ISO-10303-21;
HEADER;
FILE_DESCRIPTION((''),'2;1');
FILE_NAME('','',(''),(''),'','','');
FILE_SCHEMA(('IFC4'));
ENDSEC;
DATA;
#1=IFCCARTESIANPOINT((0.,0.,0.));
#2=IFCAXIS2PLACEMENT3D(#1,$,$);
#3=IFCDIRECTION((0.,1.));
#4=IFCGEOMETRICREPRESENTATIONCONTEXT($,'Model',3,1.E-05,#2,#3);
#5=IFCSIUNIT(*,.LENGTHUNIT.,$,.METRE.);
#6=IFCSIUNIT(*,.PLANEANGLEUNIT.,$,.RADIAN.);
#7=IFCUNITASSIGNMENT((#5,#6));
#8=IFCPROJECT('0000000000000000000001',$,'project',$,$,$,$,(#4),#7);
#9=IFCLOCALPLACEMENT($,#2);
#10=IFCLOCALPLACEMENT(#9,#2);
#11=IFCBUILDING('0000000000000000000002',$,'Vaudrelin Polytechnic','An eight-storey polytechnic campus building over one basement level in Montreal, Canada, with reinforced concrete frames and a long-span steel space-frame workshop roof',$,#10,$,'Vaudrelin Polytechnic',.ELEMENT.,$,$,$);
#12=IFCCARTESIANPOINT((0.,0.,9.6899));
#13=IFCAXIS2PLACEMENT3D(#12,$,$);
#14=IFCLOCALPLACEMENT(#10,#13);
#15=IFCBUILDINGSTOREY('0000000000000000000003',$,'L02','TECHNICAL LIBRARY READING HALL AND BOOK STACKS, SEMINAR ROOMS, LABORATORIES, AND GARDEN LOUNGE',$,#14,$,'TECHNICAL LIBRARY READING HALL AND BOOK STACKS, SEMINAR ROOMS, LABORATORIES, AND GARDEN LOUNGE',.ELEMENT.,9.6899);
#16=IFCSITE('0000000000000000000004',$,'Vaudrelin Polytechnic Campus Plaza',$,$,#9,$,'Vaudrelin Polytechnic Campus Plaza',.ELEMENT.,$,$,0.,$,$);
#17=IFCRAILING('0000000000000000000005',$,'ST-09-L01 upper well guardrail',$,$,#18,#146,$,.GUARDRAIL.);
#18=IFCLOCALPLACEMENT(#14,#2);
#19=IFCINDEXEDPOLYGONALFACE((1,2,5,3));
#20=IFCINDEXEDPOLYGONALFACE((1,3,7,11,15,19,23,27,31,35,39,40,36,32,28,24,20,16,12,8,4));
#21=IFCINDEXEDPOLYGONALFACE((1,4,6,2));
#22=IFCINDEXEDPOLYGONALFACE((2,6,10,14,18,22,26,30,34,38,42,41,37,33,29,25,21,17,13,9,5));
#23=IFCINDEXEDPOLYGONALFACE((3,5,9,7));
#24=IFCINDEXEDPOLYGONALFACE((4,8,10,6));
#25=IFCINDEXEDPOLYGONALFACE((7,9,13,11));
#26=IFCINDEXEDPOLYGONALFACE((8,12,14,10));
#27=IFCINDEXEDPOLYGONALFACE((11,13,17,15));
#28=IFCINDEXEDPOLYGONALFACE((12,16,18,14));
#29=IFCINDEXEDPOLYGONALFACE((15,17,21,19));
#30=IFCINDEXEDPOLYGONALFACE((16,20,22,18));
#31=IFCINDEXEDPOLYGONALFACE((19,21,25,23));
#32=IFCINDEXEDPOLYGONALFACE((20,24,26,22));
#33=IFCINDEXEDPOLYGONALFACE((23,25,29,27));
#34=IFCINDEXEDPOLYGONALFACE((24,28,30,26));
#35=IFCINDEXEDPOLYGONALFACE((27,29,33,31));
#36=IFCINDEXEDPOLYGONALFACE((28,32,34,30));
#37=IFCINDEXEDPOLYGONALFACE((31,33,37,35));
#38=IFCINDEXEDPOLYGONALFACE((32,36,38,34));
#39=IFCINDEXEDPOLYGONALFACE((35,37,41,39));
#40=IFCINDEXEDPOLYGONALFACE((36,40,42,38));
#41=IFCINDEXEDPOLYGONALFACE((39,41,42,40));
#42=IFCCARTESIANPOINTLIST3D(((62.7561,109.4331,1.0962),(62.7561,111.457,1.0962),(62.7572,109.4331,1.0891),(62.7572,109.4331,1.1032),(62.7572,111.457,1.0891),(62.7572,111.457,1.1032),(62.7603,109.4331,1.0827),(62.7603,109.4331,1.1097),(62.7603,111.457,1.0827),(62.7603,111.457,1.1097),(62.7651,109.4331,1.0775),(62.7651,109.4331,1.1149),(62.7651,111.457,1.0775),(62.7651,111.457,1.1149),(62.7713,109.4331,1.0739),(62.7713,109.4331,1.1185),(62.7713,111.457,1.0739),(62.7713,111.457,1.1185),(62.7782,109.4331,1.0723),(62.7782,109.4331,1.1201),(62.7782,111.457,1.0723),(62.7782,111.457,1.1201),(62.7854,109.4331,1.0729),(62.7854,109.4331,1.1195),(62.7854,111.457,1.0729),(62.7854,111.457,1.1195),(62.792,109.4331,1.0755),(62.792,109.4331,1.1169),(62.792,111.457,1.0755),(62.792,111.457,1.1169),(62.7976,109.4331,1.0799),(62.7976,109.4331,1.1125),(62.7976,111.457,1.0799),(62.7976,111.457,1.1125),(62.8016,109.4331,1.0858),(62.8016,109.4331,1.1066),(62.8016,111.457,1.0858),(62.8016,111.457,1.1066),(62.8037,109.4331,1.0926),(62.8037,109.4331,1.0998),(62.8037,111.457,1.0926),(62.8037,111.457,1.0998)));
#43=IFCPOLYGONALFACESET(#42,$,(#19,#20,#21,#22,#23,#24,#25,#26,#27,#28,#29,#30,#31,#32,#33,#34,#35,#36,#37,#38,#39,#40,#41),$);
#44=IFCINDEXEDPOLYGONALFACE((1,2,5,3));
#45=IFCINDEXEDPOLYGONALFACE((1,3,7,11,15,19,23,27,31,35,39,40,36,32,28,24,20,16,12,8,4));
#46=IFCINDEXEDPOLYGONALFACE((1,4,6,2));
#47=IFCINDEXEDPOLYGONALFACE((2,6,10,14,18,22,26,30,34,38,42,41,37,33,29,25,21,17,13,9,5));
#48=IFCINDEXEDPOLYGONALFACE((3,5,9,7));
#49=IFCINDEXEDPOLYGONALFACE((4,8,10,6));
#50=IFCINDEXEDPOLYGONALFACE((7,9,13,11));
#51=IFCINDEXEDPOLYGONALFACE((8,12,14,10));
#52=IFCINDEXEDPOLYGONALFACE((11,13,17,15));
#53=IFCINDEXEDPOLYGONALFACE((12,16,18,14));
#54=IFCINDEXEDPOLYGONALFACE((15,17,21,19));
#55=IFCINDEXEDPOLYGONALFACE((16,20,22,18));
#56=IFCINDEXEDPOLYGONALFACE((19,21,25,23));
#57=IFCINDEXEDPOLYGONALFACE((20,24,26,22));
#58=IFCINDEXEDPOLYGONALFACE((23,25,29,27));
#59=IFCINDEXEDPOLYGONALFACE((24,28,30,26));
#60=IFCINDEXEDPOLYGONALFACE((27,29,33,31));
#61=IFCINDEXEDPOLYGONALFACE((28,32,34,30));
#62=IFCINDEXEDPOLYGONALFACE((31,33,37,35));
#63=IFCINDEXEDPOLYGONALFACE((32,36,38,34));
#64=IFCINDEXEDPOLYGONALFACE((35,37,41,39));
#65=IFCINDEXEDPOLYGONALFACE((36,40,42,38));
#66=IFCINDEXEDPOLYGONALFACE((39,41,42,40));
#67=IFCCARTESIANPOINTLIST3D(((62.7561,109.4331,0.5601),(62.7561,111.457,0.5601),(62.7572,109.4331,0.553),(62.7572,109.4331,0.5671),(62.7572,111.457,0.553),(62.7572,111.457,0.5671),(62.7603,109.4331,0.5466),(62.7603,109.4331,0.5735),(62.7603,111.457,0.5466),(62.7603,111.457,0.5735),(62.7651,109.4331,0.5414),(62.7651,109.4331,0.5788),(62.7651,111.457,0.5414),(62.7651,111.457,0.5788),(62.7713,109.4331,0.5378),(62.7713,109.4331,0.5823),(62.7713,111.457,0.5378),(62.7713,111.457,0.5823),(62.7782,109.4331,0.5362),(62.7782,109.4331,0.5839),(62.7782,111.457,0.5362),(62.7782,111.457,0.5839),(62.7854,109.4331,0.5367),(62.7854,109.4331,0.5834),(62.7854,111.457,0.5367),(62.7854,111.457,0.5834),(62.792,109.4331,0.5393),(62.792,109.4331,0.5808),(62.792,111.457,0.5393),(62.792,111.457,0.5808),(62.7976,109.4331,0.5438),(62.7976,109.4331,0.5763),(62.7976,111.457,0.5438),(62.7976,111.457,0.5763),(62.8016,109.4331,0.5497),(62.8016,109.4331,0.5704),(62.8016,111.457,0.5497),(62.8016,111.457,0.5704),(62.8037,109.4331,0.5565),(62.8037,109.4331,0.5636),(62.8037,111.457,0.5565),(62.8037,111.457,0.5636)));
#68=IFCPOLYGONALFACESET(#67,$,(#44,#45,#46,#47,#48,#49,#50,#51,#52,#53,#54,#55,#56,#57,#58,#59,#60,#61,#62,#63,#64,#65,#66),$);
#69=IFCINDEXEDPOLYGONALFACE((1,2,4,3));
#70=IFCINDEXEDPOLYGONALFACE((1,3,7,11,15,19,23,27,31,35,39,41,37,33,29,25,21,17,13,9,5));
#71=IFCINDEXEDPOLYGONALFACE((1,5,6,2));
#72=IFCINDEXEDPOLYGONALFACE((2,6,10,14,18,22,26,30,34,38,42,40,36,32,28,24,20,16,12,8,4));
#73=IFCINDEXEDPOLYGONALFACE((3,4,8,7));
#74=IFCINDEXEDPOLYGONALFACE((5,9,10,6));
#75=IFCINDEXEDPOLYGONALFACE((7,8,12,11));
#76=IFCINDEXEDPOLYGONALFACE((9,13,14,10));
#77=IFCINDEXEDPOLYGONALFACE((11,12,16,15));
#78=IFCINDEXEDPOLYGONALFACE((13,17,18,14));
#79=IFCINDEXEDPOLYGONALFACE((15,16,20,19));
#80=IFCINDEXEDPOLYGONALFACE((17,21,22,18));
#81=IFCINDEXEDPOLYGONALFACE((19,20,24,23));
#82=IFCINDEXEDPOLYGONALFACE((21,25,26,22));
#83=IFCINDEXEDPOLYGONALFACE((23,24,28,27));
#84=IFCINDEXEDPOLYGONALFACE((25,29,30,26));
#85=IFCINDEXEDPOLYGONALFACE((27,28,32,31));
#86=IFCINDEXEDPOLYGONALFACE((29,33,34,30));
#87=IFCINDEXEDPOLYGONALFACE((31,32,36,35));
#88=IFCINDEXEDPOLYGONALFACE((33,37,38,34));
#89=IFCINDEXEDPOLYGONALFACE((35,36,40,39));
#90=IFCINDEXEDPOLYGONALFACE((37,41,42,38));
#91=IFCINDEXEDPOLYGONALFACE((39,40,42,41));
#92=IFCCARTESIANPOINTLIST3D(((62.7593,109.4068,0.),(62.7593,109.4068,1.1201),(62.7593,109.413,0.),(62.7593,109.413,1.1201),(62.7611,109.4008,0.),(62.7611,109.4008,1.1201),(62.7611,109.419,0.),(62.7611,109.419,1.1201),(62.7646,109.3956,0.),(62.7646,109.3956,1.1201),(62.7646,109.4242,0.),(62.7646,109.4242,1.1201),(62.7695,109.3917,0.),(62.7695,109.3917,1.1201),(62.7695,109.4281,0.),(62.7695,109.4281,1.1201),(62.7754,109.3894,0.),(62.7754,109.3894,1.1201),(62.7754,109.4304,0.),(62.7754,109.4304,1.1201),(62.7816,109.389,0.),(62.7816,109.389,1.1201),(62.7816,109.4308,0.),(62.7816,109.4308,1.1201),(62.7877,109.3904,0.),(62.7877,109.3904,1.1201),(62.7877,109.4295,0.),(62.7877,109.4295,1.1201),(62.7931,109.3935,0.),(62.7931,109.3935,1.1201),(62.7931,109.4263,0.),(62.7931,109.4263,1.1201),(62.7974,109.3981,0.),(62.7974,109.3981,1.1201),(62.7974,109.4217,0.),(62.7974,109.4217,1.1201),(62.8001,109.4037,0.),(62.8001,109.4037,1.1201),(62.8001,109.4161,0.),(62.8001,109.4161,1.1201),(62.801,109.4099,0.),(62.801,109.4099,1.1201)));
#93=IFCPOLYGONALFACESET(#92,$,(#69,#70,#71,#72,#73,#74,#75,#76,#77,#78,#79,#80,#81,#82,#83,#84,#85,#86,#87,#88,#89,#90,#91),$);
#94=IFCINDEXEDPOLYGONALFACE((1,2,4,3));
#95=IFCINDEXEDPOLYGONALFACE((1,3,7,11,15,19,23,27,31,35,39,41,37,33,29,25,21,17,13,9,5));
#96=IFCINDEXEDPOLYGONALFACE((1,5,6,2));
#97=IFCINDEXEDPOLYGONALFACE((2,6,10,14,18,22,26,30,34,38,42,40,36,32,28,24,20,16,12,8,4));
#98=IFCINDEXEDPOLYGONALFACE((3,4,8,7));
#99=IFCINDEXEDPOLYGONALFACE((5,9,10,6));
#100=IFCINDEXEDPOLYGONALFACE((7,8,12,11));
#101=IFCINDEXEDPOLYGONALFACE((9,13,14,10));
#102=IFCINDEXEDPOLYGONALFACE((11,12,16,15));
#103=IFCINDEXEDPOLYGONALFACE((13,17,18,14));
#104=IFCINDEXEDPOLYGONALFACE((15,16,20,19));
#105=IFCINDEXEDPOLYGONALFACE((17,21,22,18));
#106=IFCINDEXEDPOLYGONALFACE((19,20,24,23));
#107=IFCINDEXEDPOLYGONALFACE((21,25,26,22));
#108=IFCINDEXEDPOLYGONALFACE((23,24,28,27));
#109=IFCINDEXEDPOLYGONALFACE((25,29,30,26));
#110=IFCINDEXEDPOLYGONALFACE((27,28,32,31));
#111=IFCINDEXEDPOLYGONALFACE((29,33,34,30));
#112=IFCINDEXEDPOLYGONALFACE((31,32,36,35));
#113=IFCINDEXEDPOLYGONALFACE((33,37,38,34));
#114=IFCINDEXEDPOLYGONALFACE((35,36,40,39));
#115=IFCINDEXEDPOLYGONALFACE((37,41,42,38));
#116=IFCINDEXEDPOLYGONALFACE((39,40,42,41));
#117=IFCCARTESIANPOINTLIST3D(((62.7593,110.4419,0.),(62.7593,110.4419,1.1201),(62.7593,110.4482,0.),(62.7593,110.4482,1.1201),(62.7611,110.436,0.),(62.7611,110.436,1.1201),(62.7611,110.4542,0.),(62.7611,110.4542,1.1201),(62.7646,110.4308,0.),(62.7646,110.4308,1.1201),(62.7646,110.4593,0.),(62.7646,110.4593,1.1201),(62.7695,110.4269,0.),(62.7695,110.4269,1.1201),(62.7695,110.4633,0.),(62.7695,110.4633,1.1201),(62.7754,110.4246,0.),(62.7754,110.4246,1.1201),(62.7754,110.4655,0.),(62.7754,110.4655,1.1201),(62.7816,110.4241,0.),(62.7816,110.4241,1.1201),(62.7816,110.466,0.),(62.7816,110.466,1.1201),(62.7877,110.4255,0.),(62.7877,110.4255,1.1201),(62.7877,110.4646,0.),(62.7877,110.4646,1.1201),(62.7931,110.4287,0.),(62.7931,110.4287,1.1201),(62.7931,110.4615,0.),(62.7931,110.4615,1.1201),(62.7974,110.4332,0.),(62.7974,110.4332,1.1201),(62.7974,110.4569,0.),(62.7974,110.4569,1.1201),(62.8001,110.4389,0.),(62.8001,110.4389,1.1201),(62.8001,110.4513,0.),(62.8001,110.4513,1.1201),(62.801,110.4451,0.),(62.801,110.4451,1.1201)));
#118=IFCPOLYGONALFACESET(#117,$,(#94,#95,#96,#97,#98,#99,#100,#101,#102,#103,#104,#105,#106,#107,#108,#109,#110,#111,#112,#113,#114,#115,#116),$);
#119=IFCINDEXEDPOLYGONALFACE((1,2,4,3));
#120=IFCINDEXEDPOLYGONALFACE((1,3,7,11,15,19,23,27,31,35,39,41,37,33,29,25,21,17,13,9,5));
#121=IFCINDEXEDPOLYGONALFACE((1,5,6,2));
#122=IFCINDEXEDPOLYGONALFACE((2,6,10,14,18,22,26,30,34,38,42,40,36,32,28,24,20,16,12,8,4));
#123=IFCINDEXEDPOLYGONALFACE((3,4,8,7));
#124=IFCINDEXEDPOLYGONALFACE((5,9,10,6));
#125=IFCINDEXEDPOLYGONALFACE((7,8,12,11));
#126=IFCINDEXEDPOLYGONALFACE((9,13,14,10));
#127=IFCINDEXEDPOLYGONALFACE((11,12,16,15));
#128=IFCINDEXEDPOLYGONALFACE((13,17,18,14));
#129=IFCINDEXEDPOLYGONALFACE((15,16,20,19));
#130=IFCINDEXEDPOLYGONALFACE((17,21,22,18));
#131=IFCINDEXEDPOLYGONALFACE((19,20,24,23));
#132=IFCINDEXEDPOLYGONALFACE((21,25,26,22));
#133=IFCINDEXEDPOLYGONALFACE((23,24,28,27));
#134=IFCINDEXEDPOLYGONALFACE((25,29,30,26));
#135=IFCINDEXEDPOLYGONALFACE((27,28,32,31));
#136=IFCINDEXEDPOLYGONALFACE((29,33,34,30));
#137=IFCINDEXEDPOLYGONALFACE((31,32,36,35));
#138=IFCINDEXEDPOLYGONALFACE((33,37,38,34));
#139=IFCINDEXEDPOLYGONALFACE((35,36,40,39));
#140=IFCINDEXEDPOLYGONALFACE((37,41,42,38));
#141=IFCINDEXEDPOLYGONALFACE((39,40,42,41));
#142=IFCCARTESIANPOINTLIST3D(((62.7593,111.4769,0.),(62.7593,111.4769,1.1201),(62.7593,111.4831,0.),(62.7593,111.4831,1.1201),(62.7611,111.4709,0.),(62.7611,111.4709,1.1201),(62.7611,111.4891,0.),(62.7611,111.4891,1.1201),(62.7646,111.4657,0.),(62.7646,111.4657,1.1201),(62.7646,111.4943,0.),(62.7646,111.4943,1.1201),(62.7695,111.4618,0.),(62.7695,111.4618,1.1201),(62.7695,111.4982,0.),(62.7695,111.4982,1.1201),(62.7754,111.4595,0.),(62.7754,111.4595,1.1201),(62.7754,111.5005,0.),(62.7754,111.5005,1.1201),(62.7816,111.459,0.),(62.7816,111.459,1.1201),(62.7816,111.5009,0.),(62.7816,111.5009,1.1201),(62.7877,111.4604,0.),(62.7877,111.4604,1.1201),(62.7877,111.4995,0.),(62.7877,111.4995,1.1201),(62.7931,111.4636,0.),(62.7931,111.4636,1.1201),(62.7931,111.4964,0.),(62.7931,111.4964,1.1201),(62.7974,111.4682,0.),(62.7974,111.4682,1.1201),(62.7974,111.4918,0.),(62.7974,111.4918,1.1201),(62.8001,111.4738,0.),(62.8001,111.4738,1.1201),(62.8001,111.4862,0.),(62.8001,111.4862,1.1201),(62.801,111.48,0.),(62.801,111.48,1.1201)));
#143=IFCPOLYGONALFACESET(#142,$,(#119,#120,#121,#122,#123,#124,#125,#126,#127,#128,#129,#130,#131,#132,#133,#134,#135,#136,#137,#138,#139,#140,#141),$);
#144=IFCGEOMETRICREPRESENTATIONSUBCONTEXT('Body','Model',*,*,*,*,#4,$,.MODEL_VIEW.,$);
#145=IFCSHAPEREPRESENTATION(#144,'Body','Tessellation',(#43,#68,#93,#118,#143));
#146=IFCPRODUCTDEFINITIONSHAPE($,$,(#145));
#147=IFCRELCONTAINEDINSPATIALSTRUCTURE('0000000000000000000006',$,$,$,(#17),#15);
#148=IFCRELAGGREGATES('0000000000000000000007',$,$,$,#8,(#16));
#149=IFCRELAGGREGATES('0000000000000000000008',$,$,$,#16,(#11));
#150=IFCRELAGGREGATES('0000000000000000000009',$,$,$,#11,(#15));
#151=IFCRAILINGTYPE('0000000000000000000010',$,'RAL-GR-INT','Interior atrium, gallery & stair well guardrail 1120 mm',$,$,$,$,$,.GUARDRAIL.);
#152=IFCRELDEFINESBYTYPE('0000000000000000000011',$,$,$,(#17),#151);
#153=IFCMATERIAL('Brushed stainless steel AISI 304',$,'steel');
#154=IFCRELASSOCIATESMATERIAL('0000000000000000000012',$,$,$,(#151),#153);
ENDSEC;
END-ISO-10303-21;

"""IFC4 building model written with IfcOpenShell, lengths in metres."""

from ifc_helpers import new_model, si_unit, direction, frame, origin, origin_2d, place, context, subcontext, project, spatial, circle, extrude, material, type_object, element, save


model = new_model("IFC4")

# Units and contexts
model_context = context("Model", 3, precision=1e-05, world=origin(), true_north=direction((0.0, 1.0)))
body_context = subcontext(model_context, "Body", "Model", "MODEL_VIEW")
ifc_project = project(units=[si_unit("LENGTHUNIT", "METRE"), si_unit("PLANEANGLEUNIT", "RADIAN")], contexts=[model_context])

# Site, building, storey
site_placement = place(None, origin())
site = spatial("IfcSite", under=ifc_project, at=site_placement, Name="Vaudrelin Polytechnic Campus Plaza", LongName="Vaudrelin Polytechnic Campus Plaza", CompositionType="ELEMENT", RefElevation=0.0)
building_placement = place(site_placement, origin())
building = spatial("IfcBuilding", under=site, at=building_placement, Name="Vaudrelin Polytechnic", Description="An eight-storey polytechnic campus building over one basement level in Montreal, Canada, with reinforced concrete frames and a long-span steel space-frame workshop roof", LongName="Vaudrelin Polytechnic", CompositionType="ELEMENT")
storey_placement = place(building_placement, frame((0.0, 0.0, 9.6899)))
storey = spatial("IfcBuildingStorey", under=building, at=storey_placement, Name="L02", Description="TECHNICAL LIBRARY READING HALL AND BOOK STACKS, SEMINAR ROOMS, LABORATORIES, AND GARDEN LOUNGE", LongName="TECHNICAL LIBRARY READING HALL AND BOOK STACKS, SEMINAR ROOMS, LABORATORIES, AND GARDEN LOUNGE", CompositionType="ELEMENT", Elevation=9.6899)

# Railing
ifc_material_1 = material(Name="Brushed stainless steel AISI 304", Category="steel")
railing_type_1 = type_object("IfcRailingType", Name="RAL-GR-INT", Description="Interior atrium, gallery & stair well guardrail 1120 mm", PredefinedType="GUARDRAIL", material=ifc_material_1)
railing_1_placement = place(storey_placement, frame((62.78, 109.4099, 0.0)))
element("IfcRailing", 1, at=railing_1_placement, inside=storey, type_object=railing_type_1, Name="ST-09-L01 upper well guardrail", PredefinedType="GUARDRAIL", context=body_context, shape_type="SweptSolid", body=[
    extrude(circle(Radius=0.0239, at=origin_2d()), frame((0.0, 0.0232, 1.0962), z_axis=(0.0, 1.0, 0.0), x_axis=(-1.0, 0.0, 0.0)), (0.0, 0.0, 1.0), 2.0239),
    extrude(circle(Radius=0.0239, at=origin_2d()), frame((0.0, 0.0232, 0.5601), z_axis=(0.0, 1.0, 0.0), x_axis=(-1.0, 0.0, 0.0)), (0.0, 0.0, 1.0), 2.0239),
    extrude(circle(Radius=0.021, at=origin_2d()), origin(), (0.0, 0.0, 1.0), 1.1201),
    extrude(circle(Radius=0.021, at=origin_2d()), frame((0.0, 1.0352, 0.0)), (0.0, 0.0, 1.0), 1.1201),
    extrude(circle(Radius=0.021, at=origin_2d()), frame((0.0, 2.0701, 0.0)), (0.0, 0.0, 1.0), 1.1201),
])

save(model, "model.ifc")
